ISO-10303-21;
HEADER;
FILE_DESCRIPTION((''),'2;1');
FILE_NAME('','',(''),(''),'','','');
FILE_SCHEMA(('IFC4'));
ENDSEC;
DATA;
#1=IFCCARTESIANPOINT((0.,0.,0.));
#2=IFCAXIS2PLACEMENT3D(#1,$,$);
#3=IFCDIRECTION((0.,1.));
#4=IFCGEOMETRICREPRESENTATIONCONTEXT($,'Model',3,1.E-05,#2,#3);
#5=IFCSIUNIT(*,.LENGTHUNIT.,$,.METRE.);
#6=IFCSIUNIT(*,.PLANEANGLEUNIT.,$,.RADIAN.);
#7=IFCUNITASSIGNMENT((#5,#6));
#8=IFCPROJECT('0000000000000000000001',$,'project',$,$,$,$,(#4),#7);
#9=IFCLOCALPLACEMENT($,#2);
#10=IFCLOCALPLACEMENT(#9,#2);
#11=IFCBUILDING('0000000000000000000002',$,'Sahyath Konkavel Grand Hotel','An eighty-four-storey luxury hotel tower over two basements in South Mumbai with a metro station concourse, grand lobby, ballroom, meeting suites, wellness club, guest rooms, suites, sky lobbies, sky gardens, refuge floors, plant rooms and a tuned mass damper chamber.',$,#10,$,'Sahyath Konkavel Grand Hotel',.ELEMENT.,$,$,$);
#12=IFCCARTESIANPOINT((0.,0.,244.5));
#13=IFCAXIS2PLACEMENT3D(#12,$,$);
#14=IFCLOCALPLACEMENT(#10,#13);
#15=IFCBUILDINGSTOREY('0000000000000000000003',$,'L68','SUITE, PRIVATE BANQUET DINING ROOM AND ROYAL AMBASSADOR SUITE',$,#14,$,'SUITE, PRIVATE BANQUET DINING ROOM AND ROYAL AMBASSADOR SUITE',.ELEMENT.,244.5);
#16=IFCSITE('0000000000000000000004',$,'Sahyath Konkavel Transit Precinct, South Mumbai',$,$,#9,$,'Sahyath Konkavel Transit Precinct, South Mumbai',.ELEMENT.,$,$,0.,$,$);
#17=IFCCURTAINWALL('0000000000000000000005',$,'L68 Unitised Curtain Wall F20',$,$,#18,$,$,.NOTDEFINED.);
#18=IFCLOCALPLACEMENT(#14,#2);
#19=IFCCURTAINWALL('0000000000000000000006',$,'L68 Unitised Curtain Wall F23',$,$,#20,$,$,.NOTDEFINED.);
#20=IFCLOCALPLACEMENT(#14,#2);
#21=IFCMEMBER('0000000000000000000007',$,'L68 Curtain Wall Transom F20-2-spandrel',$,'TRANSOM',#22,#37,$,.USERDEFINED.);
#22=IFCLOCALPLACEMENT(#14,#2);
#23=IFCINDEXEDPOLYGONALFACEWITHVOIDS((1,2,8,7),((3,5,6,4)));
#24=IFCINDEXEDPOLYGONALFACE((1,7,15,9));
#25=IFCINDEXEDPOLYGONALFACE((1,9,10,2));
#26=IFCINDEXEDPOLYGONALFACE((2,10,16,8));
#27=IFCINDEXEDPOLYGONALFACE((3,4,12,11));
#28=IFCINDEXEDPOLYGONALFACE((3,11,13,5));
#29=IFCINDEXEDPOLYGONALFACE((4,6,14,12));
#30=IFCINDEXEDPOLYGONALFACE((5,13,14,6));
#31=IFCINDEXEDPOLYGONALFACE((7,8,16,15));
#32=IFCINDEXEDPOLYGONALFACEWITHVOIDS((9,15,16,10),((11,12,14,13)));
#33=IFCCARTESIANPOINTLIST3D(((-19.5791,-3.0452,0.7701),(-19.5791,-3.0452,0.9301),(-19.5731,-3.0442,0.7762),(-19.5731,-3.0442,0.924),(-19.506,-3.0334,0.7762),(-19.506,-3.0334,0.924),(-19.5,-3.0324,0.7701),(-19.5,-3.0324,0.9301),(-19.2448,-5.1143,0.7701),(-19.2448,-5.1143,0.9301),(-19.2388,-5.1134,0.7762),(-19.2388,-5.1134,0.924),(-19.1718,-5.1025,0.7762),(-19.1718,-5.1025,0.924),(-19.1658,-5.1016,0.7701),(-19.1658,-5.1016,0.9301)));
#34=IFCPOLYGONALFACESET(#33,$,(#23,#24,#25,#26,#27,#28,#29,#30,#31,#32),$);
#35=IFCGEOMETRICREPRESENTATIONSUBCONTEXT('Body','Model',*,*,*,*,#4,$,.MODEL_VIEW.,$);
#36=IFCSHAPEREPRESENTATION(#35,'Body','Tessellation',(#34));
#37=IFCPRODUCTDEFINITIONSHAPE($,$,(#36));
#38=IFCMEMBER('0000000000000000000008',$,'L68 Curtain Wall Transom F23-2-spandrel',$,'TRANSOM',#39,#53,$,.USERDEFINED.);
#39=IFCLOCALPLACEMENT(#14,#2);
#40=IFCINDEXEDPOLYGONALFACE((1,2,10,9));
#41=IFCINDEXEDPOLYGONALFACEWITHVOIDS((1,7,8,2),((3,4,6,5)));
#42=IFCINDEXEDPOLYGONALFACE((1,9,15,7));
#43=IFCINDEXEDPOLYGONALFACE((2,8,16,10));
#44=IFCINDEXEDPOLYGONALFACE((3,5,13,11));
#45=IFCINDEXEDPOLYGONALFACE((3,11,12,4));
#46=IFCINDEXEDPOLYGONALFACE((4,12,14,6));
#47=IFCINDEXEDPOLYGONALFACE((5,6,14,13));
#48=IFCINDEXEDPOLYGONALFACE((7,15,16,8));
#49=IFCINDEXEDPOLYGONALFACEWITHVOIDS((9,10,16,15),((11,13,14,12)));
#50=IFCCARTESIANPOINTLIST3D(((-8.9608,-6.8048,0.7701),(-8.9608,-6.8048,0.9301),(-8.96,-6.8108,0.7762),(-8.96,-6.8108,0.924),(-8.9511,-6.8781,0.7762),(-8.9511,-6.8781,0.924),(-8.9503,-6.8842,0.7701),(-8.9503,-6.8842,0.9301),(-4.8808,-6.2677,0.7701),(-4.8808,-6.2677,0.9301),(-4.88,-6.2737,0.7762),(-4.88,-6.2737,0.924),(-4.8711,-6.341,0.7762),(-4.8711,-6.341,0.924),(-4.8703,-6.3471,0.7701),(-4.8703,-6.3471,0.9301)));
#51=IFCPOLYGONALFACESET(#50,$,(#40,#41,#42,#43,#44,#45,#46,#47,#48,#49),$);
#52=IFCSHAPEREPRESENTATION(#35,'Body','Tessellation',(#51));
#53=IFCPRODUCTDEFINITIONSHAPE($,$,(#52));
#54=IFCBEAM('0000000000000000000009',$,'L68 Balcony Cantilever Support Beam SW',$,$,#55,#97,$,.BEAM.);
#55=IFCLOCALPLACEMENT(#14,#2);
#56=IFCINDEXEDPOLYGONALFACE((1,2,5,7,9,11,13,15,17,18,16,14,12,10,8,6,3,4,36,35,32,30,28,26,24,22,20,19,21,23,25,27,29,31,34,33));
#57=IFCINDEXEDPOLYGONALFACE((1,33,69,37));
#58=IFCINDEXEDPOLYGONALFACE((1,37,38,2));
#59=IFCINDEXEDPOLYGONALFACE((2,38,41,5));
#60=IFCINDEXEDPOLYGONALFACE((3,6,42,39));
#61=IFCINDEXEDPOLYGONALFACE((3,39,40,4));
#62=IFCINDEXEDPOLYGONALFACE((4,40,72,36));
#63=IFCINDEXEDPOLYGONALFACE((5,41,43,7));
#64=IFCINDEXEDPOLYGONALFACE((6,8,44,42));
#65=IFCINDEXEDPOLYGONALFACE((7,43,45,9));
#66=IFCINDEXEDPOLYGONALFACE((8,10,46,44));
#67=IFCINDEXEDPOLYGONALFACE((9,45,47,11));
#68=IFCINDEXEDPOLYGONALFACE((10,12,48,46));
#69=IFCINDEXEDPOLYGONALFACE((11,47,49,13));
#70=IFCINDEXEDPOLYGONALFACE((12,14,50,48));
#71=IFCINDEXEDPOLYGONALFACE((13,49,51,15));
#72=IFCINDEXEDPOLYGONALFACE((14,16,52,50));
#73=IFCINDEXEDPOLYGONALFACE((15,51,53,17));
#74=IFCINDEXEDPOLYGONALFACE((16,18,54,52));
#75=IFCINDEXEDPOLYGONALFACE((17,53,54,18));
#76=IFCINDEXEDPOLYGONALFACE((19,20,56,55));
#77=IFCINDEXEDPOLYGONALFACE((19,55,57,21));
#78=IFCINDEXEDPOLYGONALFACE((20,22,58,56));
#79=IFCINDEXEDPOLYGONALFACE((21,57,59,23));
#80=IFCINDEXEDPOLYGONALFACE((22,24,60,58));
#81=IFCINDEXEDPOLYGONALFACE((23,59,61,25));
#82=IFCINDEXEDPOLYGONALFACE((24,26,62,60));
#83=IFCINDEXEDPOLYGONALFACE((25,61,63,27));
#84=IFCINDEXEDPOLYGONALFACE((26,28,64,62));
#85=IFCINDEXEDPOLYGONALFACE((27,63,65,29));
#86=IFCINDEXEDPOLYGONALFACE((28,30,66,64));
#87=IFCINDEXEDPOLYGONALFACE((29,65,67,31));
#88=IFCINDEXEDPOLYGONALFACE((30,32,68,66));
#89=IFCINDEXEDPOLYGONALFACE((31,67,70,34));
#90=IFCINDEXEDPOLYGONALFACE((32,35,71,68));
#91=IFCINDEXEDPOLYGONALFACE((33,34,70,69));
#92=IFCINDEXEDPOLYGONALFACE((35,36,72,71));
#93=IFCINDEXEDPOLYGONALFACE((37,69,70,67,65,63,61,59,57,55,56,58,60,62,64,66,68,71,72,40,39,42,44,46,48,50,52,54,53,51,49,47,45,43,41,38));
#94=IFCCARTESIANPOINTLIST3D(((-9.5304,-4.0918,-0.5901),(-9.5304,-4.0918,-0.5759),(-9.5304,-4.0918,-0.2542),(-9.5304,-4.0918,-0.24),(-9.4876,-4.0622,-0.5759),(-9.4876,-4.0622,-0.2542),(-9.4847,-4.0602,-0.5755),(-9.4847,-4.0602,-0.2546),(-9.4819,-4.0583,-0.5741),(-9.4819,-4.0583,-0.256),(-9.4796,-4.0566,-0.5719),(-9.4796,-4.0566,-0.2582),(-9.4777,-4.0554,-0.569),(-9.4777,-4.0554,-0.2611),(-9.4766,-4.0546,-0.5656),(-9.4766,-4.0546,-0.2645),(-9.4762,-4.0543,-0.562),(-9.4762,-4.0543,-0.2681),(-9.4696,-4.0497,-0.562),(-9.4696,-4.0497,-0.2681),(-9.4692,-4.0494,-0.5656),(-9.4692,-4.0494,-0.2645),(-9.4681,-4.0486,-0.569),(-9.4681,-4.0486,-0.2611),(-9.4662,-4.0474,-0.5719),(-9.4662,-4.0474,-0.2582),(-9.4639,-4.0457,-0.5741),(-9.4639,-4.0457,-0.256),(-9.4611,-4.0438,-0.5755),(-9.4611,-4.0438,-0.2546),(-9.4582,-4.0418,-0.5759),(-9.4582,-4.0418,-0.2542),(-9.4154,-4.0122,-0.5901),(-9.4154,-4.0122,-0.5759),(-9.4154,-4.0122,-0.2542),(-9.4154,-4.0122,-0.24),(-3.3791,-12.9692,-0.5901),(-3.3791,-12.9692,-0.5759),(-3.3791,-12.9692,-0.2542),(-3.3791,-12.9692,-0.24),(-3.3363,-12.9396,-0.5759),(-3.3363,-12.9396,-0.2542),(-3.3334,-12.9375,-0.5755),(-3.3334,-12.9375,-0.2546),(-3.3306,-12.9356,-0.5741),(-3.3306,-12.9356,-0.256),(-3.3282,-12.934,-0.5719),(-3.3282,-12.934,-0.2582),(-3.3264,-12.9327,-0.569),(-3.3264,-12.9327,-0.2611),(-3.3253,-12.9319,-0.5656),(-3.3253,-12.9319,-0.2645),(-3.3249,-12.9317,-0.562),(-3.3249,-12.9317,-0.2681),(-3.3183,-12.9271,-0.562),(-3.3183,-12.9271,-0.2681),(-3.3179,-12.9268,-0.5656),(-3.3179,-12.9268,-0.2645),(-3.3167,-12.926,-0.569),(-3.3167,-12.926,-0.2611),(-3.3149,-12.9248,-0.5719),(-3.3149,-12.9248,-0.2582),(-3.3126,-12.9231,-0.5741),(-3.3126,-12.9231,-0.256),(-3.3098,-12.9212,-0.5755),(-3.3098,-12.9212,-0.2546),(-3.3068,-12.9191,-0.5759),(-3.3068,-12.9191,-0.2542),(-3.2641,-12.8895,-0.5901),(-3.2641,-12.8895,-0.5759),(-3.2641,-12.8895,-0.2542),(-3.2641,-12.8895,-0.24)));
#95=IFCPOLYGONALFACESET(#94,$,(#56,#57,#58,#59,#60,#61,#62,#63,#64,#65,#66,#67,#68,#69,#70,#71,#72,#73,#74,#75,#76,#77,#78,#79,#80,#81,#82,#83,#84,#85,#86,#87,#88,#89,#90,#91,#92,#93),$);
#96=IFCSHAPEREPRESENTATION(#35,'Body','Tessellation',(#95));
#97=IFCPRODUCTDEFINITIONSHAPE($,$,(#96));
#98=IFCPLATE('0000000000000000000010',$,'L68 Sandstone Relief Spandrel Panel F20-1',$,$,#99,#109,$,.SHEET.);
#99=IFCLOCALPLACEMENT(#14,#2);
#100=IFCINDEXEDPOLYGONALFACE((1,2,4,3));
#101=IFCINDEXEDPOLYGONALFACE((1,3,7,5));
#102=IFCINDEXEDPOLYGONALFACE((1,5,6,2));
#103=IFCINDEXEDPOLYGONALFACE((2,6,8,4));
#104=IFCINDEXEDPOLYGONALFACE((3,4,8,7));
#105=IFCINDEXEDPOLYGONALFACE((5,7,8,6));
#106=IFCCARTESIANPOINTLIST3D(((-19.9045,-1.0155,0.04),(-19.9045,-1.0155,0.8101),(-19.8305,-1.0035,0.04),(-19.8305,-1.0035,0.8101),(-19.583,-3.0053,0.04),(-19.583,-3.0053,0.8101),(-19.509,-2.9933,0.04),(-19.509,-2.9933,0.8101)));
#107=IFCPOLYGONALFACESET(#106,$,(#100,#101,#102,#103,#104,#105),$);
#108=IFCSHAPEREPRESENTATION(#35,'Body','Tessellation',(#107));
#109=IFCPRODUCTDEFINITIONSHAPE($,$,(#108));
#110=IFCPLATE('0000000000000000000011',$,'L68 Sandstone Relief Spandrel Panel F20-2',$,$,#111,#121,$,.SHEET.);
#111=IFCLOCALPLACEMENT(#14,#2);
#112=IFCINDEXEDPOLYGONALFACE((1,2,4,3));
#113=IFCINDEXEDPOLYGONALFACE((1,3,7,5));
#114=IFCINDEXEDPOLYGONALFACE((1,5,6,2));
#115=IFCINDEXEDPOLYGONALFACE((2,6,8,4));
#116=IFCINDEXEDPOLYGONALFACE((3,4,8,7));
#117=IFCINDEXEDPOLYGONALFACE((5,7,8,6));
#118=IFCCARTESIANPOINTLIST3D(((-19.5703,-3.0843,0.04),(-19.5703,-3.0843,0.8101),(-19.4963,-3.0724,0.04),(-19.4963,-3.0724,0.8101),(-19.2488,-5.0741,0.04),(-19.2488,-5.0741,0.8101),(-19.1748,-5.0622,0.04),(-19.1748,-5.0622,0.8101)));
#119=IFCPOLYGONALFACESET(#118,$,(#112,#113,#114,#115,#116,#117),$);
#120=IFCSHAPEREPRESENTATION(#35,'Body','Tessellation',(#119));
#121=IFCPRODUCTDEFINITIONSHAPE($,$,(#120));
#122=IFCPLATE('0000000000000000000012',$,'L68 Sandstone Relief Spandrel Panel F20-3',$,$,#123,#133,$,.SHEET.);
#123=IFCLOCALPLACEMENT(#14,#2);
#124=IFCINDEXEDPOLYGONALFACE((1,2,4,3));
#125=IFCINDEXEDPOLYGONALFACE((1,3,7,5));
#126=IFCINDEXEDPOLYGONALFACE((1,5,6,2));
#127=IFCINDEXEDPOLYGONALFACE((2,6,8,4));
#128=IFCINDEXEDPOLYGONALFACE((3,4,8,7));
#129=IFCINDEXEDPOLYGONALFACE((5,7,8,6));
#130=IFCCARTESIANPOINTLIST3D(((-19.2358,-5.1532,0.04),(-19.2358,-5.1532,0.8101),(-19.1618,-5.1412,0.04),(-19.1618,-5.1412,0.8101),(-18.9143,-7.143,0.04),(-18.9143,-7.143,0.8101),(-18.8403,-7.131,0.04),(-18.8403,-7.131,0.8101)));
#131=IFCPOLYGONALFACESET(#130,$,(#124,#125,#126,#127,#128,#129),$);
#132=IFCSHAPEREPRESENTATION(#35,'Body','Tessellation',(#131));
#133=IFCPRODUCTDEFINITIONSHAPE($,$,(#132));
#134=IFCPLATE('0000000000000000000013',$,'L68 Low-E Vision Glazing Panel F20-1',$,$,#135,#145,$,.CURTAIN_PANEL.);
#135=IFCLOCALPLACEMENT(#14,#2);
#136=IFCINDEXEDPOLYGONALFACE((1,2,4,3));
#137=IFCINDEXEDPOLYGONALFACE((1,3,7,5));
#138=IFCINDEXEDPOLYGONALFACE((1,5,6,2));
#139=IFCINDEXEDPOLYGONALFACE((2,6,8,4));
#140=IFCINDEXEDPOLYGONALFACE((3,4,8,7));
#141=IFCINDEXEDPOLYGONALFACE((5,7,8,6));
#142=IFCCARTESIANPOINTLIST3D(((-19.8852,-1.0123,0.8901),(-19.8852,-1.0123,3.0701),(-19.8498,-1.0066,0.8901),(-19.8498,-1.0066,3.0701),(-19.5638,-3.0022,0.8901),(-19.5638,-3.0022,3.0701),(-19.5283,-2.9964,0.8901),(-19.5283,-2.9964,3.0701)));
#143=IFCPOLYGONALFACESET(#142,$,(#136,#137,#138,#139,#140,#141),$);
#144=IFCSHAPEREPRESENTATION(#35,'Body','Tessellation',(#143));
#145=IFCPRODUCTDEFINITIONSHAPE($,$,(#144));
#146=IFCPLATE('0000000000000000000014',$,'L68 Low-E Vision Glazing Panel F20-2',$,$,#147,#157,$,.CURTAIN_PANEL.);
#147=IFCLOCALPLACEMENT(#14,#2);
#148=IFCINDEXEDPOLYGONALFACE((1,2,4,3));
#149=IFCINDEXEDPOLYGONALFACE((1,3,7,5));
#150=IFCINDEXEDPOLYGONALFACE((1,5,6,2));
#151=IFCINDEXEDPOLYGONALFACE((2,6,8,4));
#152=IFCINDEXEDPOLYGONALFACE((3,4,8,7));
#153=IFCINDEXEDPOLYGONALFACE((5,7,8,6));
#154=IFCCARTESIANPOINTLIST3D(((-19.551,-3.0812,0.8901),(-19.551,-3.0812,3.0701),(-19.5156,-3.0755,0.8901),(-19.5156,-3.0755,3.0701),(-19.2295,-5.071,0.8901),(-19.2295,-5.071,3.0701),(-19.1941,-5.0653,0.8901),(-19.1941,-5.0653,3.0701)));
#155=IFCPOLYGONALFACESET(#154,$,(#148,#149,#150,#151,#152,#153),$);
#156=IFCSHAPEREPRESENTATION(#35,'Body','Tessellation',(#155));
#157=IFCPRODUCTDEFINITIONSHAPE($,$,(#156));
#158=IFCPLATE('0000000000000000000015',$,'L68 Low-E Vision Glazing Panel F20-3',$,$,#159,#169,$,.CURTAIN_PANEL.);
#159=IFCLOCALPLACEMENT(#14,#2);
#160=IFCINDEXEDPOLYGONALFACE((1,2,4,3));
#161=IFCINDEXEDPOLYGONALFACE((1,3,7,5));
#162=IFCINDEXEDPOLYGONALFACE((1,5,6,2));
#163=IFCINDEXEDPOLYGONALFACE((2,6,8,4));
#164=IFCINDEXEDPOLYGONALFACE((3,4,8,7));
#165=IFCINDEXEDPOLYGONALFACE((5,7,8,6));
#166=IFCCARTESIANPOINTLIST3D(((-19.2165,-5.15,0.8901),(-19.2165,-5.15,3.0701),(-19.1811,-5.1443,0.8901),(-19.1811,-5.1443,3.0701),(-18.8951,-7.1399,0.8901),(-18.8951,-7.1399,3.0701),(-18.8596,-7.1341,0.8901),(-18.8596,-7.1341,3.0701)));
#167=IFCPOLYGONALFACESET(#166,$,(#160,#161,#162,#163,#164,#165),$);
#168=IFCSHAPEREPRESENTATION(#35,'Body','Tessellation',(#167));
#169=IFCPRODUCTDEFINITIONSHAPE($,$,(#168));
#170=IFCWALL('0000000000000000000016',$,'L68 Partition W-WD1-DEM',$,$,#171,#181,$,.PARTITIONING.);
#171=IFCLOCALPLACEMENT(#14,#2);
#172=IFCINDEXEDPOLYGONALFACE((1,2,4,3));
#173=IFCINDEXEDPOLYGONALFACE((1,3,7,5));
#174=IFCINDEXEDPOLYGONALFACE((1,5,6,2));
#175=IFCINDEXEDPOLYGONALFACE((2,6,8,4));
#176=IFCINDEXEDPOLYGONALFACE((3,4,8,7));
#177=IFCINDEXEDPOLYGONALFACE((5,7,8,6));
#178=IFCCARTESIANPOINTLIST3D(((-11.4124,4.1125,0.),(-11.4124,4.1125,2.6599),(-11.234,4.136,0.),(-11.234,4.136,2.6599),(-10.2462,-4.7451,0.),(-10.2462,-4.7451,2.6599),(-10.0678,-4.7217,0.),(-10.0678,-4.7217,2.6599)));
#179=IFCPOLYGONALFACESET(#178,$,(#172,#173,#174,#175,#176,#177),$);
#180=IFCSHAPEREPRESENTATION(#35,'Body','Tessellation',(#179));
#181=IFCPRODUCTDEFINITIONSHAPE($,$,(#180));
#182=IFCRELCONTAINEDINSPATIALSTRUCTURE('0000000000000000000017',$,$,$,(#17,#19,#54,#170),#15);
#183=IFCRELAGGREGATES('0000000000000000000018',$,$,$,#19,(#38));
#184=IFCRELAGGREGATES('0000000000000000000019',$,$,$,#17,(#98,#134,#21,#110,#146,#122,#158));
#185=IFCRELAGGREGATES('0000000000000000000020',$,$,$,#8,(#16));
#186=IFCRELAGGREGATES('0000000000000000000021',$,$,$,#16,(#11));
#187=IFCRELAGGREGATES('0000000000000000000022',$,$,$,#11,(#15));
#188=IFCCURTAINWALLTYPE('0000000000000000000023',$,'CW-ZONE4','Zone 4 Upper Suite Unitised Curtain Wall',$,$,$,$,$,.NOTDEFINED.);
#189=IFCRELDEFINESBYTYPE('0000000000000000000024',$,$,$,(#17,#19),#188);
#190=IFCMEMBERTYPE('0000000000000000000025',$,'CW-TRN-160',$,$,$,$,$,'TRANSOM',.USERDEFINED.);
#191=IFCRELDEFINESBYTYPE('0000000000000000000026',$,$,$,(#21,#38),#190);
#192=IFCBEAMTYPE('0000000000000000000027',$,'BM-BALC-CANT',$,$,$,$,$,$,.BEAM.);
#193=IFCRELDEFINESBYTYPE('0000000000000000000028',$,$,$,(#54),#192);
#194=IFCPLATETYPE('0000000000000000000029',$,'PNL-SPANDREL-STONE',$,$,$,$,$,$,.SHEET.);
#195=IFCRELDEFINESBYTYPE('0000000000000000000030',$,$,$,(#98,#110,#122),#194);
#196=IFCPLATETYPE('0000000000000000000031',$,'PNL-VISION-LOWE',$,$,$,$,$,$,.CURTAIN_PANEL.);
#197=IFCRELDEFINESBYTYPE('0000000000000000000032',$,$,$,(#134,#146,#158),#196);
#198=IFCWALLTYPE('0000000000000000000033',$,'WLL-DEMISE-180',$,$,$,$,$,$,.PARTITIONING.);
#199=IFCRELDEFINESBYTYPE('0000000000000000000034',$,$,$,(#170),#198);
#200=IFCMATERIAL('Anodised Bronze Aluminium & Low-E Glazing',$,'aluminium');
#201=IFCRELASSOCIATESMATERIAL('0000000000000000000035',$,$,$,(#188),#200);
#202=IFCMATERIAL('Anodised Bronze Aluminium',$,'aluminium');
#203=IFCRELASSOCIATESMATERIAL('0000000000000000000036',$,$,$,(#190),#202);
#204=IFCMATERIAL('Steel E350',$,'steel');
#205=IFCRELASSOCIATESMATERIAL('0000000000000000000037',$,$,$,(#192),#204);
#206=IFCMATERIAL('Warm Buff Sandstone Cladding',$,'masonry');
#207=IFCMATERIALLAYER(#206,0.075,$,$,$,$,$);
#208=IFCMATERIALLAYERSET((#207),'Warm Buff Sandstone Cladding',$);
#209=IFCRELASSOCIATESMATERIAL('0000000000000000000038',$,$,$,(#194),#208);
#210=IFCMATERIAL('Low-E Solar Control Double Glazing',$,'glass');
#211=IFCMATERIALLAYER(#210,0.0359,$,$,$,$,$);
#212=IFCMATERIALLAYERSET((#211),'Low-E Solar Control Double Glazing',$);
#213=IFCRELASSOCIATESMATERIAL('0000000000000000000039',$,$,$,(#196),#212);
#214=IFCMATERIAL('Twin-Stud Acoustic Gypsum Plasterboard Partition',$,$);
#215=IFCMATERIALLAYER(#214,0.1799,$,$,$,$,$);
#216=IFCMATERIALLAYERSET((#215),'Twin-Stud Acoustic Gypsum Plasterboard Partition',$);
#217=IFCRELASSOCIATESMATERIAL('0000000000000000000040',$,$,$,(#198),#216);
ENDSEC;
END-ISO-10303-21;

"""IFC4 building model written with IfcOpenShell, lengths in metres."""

from ifc_helpers import new_model, si_unit, direction, frame, frame_2d, origin, origin_2d, place, context, subcontext, project, spatial, rectangle, hollow_rectangle, i_section, extrude, source, transform, mapped, material, layer, layer_set, material_profile, profile_set, type_object, element, aggregate, save


model = new_model("IFC4")

# Units and contexts
model_context = context("Model", 3, precision=1e-05, world=origin(), true_north=direction((0.0, 1.0)))
body_context = subcontext(model_context, "Body", "Model", "MODEL_VIEW")
ifc_project = project(units=[si_unit("LENGTHUNIT", "METRE"), si_unit("PLANEANGLEUNIT", "RADIAN")], contexts=[model_context])

# Site, building, storey
site_placement = place(None, origin())
site = spatial("IfcSite", under=ifc_project, at=site_placement, Name="Sahyath Konkavel Transit Precinct, South Mumbai", LongName="Sahyath Konkavel Transit Precinct, South Mumbai", CompositionType="ELEMENT", RefElevation=0.0)
building_placement = place(site_placement, origin())
building = spatial("IfcBuilding", under=site, at=building_placement, Name="Sahyath Konkavel Grand Hotel", Description="An eighty-four-storey luxury hotel tower over two basements in South Mumbai with a metro station concourse, grand lobby, ballroom, meeting suites, wellness club, guest rooms, suites, sky lobbies, sky gardens, refuge floors, plant rooms and a tuned mass damper chamber.", LongName="Sahyath Konkavel Grand Hotel", CompositionType="ELEMENT")
storey_placement = place(building_placement, frame((0.0, 0.0, 244.5)))
storey = spatial("IfcBuildingStorey", under=building, at=storey_placement, Name="L68", Description="SUITE, PRIVATE BANQUET DINING ROOM AND ROYAL AMBASSADOR SUITE", LongName="SUITE, PRIVATE BANQUET DINING ROOM AND ROYAL AMBASSADOR SUITE", CompositionType="ELEMENT", Elevation=244.5)

# Shared definitions
ifc_material_1 = material(Name="Steel E350", Category="steel")

# Curtain wall
ifc_material_2 = material(Name="Anodised Bronze Aluminium & Low-E Glazing", Category="aluminium")
curtain_wall_type = type_object("IfcCurtainWallType", Name="CW-ZONE4", Description="Zone 4 Upper Suite Unitised Curtain Wall", PredefinedType="NOTDEFINED", material=ifc_material_2)
curtain_wall_1_placement = place(storey_placement, origin())
curtain_wall_1 = element("IfcCurtainWall", 1, at=curtain_wall_1_placement, inside=storey, type_object=curtain_wall_type, Name="L68 Unitised Curtain Wall F20", PredefinedType="NOTDEFINED")
ifc_material_3 = material(Name="Anodised Bronze Aluminium", Category="aluminium")

# Curtain wall
curtain_wall_2_placement = place(storey_placement, origin())
curtain_wall_2 = element("IfcCurtainWall", 2, at=curtain_wall_2_placement, inside=storey, type_object=curtain_wall_type, Name="L68 Unitised Curtain Wall F23", PredefinedType="NOTDEFINED")

# Members
ifc_material_profile_1 = material_profile(ifc_material_3, hollow_rectangle(XDim=0.0801, YDim=0.1599, WallThickness=0.0061, at=origin_2d()), Name="RHS 160x80x6")
ifc_profile_set_1 = profile_set([ifc_material_profile_1], Name="Anodised Bronze Aluminium")
member_type_1 = type_object("IfcMemberType", Name="CW-TRN-160", ElementType="TRANSOM", PredefinedType="USERDEFINED", material=ifc_profile_set_1)
shared_shape_1 = source(origin(), body_context, "Body", "SweptSolid", [
    extrude(hollow_rectangle(XDim=0.0801, YDim=0.1599, WallThickness=0.0061, at=origin_2d()), origin(), (0.0, 0.0, 1.0), 2.0959),
])
member_1_placement = place(storey_placement, frame((-19.5396, -3.0388, 0.8501), z_axis=(0.159467, -0.987203, 0.0), x_axis=(0.987203, 0.159467, 0.0)))
member_1 = element("IfcMember", 3, at=member_1_placement, type_object=member_type_1, Name="L68 Curtain Wall Transom F20-2-spandrel", ObjectType="TRANSOM", PredefinedType="USERDEFINED", context=body_context, shape_type="MappedRepresentation", body=[
    mapped(shared_shape_1, transform((0.0, 0.0, 0.0), scale=1.0)),
])
shared_shape_2 = source(origin(), body_context, "Body", "SweptSolid", [
    extrude(hollow_rectangle(XDim=0.0801, YDim=0.1599, WallThickness=0.0061, at=origin_2d()), origin(), (0.0, 0.0, 1.0), 4.1152),
])
member_2_placement = place(storey_placement, frame((-8.9556, -6.8445, 0.8501), z_axis=(0.991446, 0.130516, 0.0), x_axis=(-0.130516, 0.991446, 0.0)))
member_2 = element("IfcMember", 4, at=member_2_placement, type_object=member_type_1, Name="L68 Curtain Wall Transom F23-2-spandrel", ObjectType="TRANSOM", PredefinedType="USERDEFINED", context=body_context, shape_type="MappedRepresentation", body=[
    mapped(shared_shape_2, transform((0.0, 0.0, 0.0), scale=1.0)),
])
aggregate(curtain_wall_2, [member_2])

# Beam
ifc_material_profile_2 = material_profile(ifc_material_1, i_section(OverallWidth=0.1399, OverallDepth=0.3501, WebThickness=0.0081, FlangeThickness=0.0142, FilletRadius=0.0139, at=origin_2d()), Name="ISMB 350")
ifc_profile_set_2 = profile_set([ifc_material_profile_2], Name="Steel E350")
beam_type_1 = type_object("IfcBeamType", Name="BM-BALC-CANT", PredefinedType="BEAM", material=ifc_profile_set_2)
shared_shape_3 = source(origin(), body_context, "Body", "SweptSolid", [
    extrude(i_section(OverallWidth=0.1399, OverallDepth=0.3501, WebThickness=0.0081, FlangeThickness=0.0142, FilletRadius=0.0139, at=origin_2d()), origin(), (0.0, 0.0, 1.0), 10.8003),
])
beam_1_placement = place(storey_placement, frame((-9.4729, -4.052, -0.415), z_axis=(0.569551, -0.821956, 0.0), x_axis=(0.821956, 0.569551, 0.0)))
element("IfcBeam", 5, at=beam_1_placement, inside=storey, type_object=beam_type_1, Name="L68 Balcony Cantilever Support Beam SW", PredefinedType="BEAM", context=body_context, shape_type="MappedRepresentation", body=[
    mapped(shared_shape_3, transform((0.0, 0.0, 0.0), scale=1.0)),
])

# Plates
ifc_material_4 = material(Name="Warm Buff Sandstone Cladding", Category="masonry")
ifc_layer_1 = layer(ifc_material_4, 0.075)
ifc_layer_set_1 = layer_set([ifc_layer_1], Name="Warm Buff Sandstone Cladding")
plate_type_1 = type_object("IfcPlateType", Name="PNL-SPANDREL-STONE", PredefinedType="SHEET", material=ifc_layer_set_1)
shared_shape_4 = source(origin(), body_context, "Body", "SweptSolid", [
    extrude(rectangle(XDim=2.0156, YDim=0.075, at=origin_2d()), origin(), (0.0, 0.0, 1.0), 0.77),
])
plate_1_placement = place(storey_placement, frame((-19.7068, -2.0044, 0.04), z_axis=(0.0, 0.0, 1.0), x_axis=(0.159502, -0.987198, 0.0)))
plate_1 = element("IfcPlate", 6, at=plate_1_placement, type_object=plate_type_1, Name="L68 Sandstone Relief Spandrel Panel F20-1", PredefinedType="SHEET", context=body_context, shape_type="MappedRepresentation", body=[
    mapped(shared_shape_4, transform((0.0, 0.0, 0.0), scale=1.0)),
])
plate_2_placement = place(storey_placement, frame((-19.3726, -4.0732, 0.04), z_axis=(0.0, 0.0, 1.0), x_axis=(0.159502, -0.987198, 0.0)))
plate_2 = element("IfcPlate", 7, at=plate_2_placement, type_object=plate_type_1, Name="L68 Sandstone Relief Spandrel Panel F20-2", PredefinedType="SHEET", context=body_context, shape_type="MappedRepresentation", body=[
    mapped(shared_shape_4, transform((0.0, 0.0, 0.0), scale=1.0)),
])
plate_3_placement = place(storey_placement, frame((-19.0381, -6.1421, 0.04), z_axis=(0.0, 0.0, 1.0), x_axis=(0.159502, -0.987198, 0.0)))
plate_3 = element("IfcPlate", 8, at=plate_3_placement, type_object=plate_type_1, Name="L68 Sandstone Relief Spandrel Panel F20-3", PredefinedType="SHEET", context=body_context, shape_type="MappedRepresentation", body=[
    mapped(shared_shape_4, transform((0.0, 0.0, 0.0), scale=1.0)),
])
ifc_material_5 = material(Name="Low-E Solar Control Double Glazing", Category="glass")
ifc_layer_2 = layer(ifc_material_5, 0.0359)
ifc_layer_set_2 = layer_set([ifc_layer_2], Name="Low-E Solar Control Double Glazing")
plate_type_2 = type_object("IfcPlateType", Name="PNL-VISION-LOWE", PredefinedType="CURTAIN_PANEL", material=ifc_layer_set_2)
shared_shape_5 = source(origin(), body_context, "Body", "SweptSolid", [
    extrude(rectangle(XDim=2.0156, YDim=0.0359, at=origin_2d()), origin(), (0.0, 0.0, 1.0), 2.1799),
])
plate_4_placement = place(storey_placement, frame((-19.7068, -2.0044, 0.8901), z_axis=(0.0, 0.0, 1.0), x_axis=(0.159502, -0.987198, 0.0)))
plate_4 = element("IfcPlate", 9, at=plate_4_placement, type_object=plate_type_2, Name="L68 Low-E Vision Glazing Panel F20-1", PredefinedType="CURTAIN_PANEL", context=body_context, shape_type="MappedRepresentation", body=[
    mapped(shared_shape_5, transform((0.0, 0.0, 0.0), scale=1.0)),
])
plate_5_placement = place(storey_placement, frame((-19.3726, -4.0732, 0.8901), z_axis=(0.0, 0.0, 1.0), x_axis=(0.159502, -0.987198, 0.0)))
plate_5 = element("IfcPlate", 10, at=plate_5_placement, type_object=plate_type_2, Name="L68 Low-E Vision Glazing Panel F20-2", PredefinedType="CURTAIN_PANEL", context=body_context, shape_type="MappedRepresentation", body=[
    mapped(shared_shape_5, transform((0.0, 0.0, 0.0), scale=1.0)),
])
plate_6_placement = place(storey_placement, frame((-19.0381, -6.1421, 0.8901), z_axis=(0.0, 0.0, 1.0), x_axis=(0.159502, -0.987198, 0.0)))
plate_6 = element("IfcPlate", 11, at=plate_6_placement, type_object=plate_type_2, Name="L68 Low-E Vision Glazing Panel F20-3", PredefinedType="CURTAIN_PANEL", context=body_context, shape_type="MappedRepresentation", body=[
    mapped(shared_shape_5, transform((0.0, 0.0, 0.0), scale=1.0)),
])
aggregate(curtain_wall_1, [plate_1, plate_4, member_1, plate_2, plate_5, plate_3, plate_6])

# Wall
ifc_material_6 = material(Name="Twin-Stud Acoustic Gypsum Plasterboard Partition")
ifc_layer_3 = layer(ifc_material_6, 0.1799)
ifc_layer_set_3 = layer_set([ifc_layer_3], Name="Twin-Stud Acoustic Gypsum Plasterboard Partition")
wall_type_1 = type_object("IfcWallType", Name="WLL-DEMISE-180", PredefinedType="PARTITIONING", material=ifc_layer_set_3)
wall_1_placement = place(storey_placement, frame((-10.157, -4.7334, 0.0), z_axis=(0.0, 0.0, 1.0), x_axis=(-0.13054, 0.991443, 0.0)))
element("IfcWall", 12, at=wall_1_placement, inside=storey, type_object=wall_type_1, Name="L68 Partition W-WD1-DEM", PredefinedType="PARTITIONING", context=body_context, shape_type="SweptSolid", body=[
    extrude(rectangle(XDim=8.9341, YDim=0.1799, at=frame_2d((4.467, 0.0))), origin(), (0.0, 0.0, 1.0), 2.6599),
])

save(model, "model.ifc")
